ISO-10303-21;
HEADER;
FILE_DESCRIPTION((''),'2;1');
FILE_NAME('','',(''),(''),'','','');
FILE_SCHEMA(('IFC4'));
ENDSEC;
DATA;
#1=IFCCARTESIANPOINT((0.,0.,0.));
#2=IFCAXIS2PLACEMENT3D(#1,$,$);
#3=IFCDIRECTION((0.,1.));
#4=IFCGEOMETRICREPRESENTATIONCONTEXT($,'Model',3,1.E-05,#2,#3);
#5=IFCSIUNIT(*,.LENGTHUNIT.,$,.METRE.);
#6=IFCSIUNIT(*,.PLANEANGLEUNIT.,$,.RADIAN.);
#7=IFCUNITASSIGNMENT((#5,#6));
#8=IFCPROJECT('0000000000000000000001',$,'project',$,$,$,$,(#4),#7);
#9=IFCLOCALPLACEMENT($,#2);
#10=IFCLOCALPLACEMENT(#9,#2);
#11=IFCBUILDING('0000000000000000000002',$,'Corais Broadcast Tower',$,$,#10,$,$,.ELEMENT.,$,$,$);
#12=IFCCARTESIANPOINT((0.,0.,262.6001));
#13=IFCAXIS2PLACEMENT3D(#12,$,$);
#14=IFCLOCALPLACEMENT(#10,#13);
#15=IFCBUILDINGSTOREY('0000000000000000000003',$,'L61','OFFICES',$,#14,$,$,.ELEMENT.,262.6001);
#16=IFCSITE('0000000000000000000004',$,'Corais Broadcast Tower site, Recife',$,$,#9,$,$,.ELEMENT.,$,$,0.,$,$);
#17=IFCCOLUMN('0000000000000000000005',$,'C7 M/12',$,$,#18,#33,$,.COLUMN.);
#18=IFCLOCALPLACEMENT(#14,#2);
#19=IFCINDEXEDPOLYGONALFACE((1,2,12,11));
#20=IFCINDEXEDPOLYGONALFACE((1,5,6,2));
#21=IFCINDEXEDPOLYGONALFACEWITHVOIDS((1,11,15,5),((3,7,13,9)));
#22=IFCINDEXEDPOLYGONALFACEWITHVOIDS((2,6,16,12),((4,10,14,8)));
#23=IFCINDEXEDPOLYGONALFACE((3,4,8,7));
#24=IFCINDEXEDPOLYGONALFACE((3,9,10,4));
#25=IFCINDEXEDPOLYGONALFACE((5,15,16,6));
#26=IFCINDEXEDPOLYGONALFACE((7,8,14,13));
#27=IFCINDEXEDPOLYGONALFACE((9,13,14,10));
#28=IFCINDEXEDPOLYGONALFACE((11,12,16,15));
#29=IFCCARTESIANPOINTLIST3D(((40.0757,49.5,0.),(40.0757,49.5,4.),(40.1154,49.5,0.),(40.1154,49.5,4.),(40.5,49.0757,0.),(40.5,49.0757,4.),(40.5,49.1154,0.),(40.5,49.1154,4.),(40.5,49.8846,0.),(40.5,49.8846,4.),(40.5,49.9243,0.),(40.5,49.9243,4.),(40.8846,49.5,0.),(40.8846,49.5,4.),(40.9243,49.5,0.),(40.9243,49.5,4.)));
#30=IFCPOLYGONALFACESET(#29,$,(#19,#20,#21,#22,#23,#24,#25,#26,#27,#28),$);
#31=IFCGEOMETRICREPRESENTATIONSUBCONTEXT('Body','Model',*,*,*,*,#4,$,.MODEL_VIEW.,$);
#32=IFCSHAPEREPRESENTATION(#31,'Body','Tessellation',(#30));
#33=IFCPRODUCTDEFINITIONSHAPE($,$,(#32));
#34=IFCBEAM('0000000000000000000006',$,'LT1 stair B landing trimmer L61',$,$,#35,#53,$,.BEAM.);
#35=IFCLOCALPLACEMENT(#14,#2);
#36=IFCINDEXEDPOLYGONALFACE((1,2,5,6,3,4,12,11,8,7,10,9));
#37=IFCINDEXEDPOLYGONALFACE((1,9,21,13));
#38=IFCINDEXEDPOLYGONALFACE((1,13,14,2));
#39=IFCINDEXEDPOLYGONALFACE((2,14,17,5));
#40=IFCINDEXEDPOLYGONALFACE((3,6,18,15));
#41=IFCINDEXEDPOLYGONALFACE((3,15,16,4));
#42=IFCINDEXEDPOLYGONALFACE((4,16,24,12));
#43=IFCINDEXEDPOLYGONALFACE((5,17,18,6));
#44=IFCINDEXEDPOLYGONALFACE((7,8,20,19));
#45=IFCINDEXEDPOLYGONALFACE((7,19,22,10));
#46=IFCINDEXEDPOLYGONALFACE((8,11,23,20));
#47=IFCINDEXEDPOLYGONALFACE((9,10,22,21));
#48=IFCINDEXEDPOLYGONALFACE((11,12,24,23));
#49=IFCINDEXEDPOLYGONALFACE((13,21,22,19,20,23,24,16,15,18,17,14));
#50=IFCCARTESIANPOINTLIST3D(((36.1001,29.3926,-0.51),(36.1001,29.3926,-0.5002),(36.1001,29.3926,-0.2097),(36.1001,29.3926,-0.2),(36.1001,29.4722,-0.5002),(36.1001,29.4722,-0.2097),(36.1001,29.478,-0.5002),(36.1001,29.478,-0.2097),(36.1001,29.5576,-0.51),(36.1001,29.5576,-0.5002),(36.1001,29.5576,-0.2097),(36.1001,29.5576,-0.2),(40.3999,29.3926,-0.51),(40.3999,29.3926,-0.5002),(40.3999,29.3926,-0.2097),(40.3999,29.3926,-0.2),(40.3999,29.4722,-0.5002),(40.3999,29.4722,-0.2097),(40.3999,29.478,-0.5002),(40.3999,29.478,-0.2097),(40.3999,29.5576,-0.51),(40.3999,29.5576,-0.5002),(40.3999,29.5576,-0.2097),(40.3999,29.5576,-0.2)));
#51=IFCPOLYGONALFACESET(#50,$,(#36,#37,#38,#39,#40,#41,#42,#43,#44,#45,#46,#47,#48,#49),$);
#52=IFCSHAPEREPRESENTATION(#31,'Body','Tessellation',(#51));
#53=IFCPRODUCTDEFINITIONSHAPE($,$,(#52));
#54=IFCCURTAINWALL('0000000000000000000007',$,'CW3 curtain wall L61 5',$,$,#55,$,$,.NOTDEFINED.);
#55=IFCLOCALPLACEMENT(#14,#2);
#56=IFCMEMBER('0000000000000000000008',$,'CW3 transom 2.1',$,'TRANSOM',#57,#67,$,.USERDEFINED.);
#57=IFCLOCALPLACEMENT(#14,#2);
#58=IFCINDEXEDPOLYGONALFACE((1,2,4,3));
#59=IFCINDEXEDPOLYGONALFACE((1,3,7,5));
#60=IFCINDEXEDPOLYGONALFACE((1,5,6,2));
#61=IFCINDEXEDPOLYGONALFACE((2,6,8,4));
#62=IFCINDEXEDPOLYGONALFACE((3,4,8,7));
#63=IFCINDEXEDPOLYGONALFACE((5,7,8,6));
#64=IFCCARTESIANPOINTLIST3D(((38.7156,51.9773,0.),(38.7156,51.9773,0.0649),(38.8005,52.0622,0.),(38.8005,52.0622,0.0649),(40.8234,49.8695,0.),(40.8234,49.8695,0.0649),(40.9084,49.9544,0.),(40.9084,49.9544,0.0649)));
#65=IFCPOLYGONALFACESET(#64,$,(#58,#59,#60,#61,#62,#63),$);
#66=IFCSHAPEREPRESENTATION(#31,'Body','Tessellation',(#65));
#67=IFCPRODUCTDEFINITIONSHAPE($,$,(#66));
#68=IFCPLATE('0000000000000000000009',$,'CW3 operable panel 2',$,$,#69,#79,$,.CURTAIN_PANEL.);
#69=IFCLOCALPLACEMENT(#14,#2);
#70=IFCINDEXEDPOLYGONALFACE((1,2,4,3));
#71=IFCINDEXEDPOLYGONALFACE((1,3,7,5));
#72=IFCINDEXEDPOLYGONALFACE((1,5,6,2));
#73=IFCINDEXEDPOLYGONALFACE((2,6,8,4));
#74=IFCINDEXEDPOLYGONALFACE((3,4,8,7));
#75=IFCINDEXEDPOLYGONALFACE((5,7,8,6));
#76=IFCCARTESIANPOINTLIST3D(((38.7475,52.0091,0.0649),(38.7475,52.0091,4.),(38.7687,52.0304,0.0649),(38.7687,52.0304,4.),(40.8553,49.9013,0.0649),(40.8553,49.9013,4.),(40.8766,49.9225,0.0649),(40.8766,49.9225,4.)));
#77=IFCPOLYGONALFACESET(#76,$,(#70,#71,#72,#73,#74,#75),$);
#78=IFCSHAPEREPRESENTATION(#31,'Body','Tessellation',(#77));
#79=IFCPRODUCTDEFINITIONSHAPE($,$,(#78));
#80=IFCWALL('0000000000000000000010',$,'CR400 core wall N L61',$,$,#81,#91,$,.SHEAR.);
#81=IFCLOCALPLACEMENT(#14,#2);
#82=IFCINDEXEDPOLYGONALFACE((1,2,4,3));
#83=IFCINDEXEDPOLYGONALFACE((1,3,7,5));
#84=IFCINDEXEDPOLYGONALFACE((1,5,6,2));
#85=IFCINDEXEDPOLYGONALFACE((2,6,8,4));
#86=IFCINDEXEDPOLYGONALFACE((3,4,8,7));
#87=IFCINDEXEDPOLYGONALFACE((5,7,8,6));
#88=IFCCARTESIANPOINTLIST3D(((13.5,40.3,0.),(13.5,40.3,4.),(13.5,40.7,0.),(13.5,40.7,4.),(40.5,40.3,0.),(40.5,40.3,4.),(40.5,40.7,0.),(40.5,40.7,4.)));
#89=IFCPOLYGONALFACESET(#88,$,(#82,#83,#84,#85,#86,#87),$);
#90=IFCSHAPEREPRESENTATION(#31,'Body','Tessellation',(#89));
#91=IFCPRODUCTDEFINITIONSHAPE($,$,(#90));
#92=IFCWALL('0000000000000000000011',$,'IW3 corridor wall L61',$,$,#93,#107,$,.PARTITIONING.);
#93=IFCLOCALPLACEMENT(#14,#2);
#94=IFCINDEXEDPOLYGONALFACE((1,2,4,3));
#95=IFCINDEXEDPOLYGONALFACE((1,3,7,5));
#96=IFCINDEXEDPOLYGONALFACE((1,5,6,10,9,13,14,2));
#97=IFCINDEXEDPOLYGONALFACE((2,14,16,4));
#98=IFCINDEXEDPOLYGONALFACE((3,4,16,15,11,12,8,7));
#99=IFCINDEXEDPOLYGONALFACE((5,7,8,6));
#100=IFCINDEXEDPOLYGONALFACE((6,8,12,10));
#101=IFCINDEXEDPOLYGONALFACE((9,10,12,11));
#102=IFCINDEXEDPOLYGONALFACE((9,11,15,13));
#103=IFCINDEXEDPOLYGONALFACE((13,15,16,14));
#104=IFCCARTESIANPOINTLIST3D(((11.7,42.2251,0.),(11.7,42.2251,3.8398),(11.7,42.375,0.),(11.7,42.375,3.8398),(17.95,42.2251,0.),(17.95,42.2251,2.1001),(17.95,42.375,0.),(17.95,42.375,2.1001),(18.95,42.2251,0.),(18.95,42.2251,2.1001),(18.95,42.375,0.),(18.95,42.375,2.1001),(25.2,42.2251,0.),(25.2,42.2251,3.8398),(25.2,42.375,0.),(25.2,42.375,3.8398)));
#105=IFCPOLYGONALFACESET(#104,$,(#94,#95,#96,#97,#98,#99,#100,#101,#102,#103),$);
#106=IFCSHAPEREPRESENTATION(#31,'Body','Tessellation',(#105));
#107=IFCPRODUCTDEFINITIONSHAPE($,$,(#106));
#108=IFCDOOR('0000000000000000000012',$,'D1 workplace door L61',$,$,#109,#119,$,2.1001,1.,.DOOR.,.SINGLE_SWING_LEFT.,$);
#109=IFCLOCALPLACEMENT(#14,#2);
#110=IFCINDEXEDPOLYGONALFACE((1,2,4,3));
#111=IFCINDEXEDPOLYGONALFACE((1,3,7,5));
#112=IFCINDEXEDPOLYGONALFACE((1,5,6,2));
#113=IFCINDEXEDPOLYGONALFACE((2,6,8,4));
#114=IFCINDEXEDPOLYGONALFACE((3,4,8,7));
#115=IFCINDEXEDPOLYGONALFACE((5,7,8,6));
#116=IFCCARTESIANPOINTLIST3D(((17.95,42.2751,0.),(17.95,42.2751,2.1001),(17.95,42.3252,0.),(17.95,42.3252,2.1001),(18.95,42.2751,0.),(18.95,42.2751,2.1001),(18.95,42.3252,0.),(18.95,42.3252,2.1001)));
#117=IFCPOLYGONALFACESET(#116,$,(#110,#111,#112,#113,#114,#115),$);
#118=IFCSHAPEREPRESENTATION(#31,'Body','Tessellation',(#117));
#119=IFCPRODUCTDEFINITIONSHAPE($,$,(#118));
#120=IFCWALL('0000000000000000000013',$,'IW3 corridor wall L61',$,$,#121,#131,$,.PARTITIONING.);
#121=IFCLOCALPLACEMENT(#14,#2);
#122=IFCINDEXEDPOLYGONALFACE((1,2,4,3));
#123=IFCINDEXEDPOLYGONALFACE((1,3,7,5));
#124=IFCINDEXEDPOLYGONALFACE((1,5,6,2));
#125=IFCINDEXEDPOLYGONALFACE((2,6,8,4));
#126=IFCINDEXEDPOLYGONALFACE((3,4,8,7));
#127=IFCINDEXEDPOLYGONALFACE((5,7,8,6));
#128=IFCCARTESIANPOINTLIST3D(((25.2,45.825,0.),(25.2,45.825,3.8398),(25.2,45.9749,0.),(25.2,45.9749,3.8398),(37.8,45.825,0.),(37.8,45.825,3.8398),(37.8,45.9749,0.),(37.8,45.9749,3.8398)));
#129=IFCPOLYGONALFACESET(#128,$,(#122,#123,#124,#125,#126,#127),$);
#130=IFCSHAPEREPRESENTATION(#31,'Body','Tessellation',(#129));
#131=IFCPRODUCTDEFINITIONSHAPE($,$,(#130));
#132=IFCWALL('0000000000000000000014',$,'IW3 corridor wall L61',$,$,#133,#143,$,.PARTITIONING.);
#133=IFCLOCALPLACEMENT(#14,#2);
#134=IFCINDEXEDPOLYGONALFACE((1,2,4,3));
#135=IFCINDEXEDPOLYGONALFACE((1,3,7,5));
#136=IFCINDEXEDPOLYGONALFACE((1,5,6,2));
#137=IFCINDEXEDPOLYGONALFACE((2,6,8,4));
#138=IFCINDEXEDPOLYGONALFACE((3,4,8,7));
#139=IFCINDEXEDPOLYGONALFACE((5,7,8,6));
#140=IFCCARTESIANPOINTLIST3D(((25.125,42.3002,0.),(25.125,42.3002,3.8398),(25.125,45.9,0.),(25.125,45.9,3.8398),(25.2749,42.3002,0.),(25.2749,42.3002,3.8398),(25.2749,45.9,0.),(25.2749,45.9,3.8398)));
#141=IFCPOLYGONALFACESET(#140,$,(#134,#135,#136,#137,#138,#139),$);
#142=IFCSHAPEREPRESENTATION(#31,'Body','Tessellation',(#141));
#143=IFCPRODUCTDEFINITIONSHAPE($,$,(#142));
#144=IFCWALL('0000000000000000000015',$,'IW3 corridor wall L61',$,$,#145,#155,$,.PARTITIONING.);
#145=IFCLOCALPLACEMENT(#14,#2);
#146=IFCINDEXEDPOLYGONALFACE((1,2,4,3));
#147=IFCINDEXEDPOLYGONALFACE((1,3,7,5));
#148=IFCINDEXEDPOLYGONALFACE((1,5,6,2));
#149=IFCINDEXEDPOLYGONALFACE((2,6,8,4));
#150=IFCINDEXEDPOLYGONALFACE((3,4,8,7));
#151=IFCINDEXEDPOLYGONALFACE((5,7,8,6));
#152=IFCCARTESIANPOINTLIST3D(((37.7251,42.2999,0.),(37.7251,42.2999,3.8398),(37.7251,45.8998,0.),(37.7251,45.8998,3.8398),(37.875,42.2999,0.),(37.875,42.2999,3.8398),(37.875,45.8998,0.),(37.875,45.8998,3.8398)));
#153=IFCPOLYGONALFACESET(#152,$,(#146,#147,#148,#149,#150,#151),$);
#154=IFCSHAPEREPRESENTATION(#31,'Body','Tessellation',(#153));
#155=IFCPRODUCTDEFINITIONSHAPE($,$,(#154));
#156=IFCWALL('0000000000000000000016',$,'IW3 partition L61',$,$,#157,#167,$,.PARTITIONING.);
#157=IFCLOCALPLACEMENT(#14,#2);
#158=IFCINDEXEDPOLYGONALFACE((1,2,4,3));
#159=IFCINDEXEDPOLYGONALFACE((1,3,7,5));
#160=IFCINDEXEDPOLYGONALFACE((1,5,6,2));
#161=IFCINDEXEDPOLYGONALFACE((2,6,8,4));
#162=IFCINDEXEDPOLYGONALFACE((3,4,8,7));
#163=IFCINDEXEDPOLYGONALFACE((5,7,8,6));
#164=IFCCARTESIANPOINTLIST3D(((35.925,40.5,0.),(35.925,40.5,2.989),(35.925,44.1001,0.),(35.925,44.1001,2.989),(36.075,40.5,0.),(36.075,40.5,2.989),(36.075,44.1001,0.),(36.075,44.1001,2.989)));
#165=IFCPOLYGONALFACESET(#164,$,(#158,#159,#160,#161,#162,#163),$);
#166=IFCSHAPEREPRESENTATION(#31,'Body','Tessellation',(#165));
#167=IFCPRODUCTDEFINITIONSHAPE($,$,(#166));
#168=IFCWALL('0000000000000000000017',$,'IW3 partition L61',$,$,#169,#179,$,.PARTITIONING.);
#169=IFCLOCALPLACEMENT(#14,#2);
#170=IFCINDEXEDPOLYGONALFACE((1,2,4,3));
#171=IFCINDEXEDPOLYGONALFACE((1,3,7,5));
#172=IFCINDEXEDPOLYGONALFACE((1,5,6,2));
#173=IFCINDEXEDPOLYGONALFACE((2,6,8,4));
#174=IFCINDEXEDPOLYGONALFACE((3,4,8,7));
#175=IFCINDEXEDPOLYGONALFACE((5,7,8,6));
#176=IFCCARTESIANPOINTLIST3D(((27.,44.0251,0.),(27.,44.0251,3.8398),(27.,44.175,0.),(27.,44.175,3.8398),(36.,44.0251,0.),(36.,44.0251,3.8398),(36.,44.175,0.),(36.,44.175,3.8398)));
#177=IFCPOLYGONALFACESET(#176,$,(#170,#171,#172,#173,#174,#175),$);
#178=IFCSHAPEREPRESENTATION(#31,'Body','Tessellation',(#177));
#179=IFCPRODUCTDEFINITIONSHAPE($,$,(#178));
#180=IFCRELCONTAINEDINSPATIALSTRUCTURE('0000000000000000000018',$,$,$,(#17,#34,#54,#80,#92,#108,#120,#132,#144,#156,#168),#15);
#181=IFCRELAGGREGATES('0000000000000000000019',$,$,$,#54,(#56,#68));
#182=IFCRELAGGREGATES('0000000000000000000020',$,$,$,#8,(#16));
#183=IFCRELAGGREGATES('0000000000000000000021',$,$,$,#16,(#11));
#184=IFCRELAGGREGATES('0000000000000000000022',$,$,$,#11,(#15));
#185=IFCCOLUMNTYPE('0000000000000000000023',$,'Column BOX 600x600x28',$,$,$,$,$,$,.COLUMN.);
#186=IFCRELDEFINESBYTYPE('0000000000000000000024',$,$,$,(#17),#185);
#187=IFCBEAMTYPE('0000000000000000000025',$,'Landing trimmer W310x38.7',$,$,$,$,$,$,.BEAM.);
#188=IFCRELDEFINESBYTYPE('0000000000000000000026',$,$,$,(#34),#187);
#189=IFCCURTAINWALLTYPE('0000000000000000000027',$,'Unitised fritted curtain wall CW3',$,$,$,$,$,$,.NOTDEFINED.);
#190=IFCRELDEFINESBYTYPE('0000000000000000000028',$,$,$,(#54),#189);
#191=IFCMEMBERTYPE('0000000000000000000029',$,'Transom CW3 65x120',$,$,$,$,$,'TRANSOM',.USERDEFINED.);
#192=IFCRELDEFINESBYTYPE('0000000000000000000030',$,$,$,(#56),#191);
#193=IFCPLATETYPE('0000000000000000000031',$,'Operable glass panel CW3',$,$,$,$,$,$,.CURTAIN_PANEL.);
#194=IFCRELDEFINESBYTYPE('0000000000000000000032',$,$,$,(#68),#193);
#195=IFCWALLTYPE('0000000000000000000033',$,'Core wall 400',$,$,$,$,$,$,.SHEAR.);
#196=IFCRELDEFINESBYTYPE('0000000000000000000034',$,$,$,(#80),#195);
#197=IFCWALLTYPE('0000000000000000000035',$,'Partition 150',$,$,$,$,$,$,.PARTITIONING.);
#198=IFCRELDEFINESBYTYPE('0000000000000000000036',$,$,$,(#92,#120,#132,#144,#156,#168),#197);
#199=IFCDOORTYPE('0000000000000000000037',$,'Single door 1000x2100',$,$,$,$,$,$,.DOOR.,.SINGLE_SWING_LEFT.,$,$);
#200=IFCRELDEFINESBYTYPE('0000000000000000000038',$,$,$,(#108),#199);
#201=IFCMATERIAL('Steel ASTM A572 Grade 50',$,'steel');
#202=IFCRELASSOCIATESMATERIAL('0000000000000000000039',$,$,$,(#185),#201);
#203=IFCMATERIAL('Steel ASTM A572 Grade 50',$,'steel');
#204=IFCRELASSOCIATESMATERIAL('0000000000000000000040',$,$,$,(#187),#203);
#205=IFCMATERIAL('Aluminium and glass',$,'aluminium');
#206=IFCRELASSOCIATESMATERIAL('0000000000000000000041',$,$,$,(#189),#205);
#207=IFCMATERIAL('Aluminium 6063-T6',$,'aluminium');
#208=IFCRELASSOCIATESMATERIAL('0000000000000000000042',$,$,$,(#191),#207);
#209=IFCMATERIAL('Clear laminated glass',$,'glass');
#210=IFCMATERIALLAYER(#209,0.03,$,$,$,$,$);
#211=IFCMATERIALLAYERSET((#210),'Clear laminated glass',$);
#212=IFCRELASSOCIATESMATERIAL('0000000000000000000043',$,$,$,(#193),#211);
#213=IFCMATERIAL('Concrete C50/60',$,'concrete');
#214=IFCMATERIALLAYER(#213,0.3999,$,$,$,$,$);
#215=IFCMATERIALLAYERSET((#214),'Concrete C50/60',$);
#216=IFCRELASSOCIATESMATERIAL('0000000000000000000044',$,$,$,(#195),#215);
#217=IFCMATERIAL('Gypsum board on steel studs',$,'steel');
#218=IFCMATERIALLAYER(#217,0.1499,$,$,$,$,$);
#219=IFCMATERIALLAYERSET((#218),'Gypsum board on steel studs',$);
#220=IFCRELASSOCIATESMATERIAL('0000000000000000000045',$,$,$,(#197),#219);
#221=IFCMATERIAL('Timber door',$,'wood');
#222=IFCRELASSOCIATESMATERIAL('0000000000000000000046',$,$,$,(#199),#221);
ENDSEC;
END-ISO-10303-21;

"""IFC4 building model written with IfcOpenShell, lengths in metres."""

from ifc_helpers import new_model, si_unit, direction, frame, frame_2d, origin, origin_2d, place, context, subcontext, project, spatial, rectangle, hollow_rectangle, i_section, extrude, material, layer, layer_set, material_profile, profile_set, type_object, element, fill, aggregate, save


model = new_model("IFC4")

# Units and contexts
model_context = context("Model", 3, precision=1e-05, world=origin(), true_north=direction((0.0, 1.0)))
body_context = subcontext(model_context, "Body", "Model", "MODEL_VIEW")
ifc_project = project(units=[si_unit("LENGTHUNIT", "METRE"), si_unit("PLANEANGLEUNIT", "RADIAN")], contexts=[model_context])

# Site, building, storey
site_placement = place(None, origin())
site = spatial("IfcSite", under=ifc_project, at=site_placement, Name="Corais Broadcast Tower site, Recife", CompositionType="ELEMENT", RefElevation=0.0)
building_placement = place(site_placement, origin())
building = spatial("IfcBuilding", under=site, at=building_placement, Name="Corais Broadcast Tower", CompositionType="ELEMENT")
storey_placement = place(building_placement, frame((0.0, 0.0, 262.6001)))
storey = spatial("IfcBuildingStorey", under=building, at=storey_placement, Name="L61", Description="OFFICES", CompositionType="ELEMENT", Elevation=262.6001)

# Column
ifc_material_1 = material(Name="Steel ASTM A572 Grade 50", Category="steel")
ifc_material_profile_1 = material_profile(ifc_material_1, hollow_rectangle(XDim=0.6001, YDim=0.6001, WallThickness=0.0281, at=origin_2d()), Name="BOX 600x600x28")
ifc_profile_set_1 = profile_set([ifc_material_profile_1], Name="Steel ASTM A572 Grade 50")
column_type = type_object("IfcColumnType", Name="Column BOX 600x600x28", PredefinedType="COLUMN", material=ifc_profile_set_1)
column_placement = place(storey_placement, frame((40.5, 49.5, 0.0), z_axis=(0.0, 0.0, 1.0), x_axis=(0.707107, 0.707107, 0.0)))
element("IfcColumn", 1, at=column_placement, inside=storey, type_object=column_type, Name="C7 M/12", PredefinedType="COLUMN", context=body_context, shape_type="SweptSolid", body=[
    extrude(hollow_rectangle(XDim=0.6001, YDim=0.6001, WallThickness=0.0281, at=origin_2d()), origin(), (0.0, 0.0, 1.0), 4.0),
])

# Beam
ifc_material_2 = material(Name="Steel ASTM A572 Grade 50", Category="steel")
ifc_material_profile_2 = material_profile(ifc_material_2, i_section(OverallWidth=0.165, OverallDepth=0.3101, WebThickness=0.0059, FlangeThickness=0.0098, at=origin_2d()), Name="W310x38.7")
ifc_profile_set_2 = profile_set([ifc_material_profile_2], Name="Steel ASTM A572 Grade 50")
beam_type = type_object("IfcBeamType", Name="Landing trimmer W310x38.7", PredefinedType="BEAM", material=ifc_profile_set_2)
beam_placement = place(storey_placement, frame((36.1001, 29.4751, -0.355), z_axis=(1.0, 0.0, 0.0), x_axis=(0.0, 1.0, 0.0)))
element("IfcBeam", 2, at=beam_placement, inside=storey, type_object=beam_type, Name="LT1 stair B landing trimmer L61", PredefinedType="BEAM", context=body_context, shape_type="SweptSolid", body=[
    extrude(i_section(OverallWidth=0.165, OverallDepth=0.3101, WebThickness=0.0059, FlangeThickness=0.0098, at=origin_2d()), origin(), (0.0, 0.0, 1.0), 4.2998),
])

# Curtain wall, member, plate
ifc_material_3 = material(Name="Aluminium and glass", Category="aluminium")
curtain_wall_type = type_object("IfcCurtainWallType", Name="Unitised fritted curtain wall CW3", PredefinedType="NOTDEFINED", material=ifc_material_3)
curtain_wall_placement = place(storey_placement, origin())
curtain_wall = element("IfcCurtainWall", 3, at=curtain_wall_placement, inside=storey, type_object=curtain_wall_type, Name="CW3 curtain wall L61 5", PredefinedType="NOTDEFINED")
ifc_material_4 = material(Name="Aluminium 6063-T6", Category="aluminium")
ifc_material_profile_3 = material_profile(ifc_material_4, rectangle(XDim=0.1201, YDim=0.0649, at=origin_2d()), Name="Transom CW3 65x120")
ifc_profile_set_3 = profile_set([ifc_material_profile_3], Name="Aluminium 6063-T6")
member_type = type_object("IfcMemberType", Name="Transom CW3 65x120", ElementType="TRANSOM", PredefinedType="USERDEFINED", material=ifc_profile_set_3)
member_placement = place(storey_placement, frame((38.7581, 52.0198, 0.0325), z_axis=(0.707107, -0.707107, 0.0), x_axis=(0.707107, 0.707107, 0.0)))
member = element("IfcMember", 4, at=member_placement, type_object=member_type, Name="CW3 transom 2.1", ObjectType="TRANSOM", PredefinedType="USERDEFINED", context=body_context, shape_type="SweptSolid", body=[
    extrude(rectangle(XDim=0.1201, YDim=0.0649, at=origin_2d()), origin(), (0.0, 0.0, 1.0), 2.981),
])
ifc_material_5 = material(Name="Clear laminated glass", Category="glass")
ifc_layer_1 = layer(ifc_material_5, 0.03)
ifc_layer_set_1 = layer_set([ifc_layer_1], Name="Clear laminated glass")
plate_type = type_object("IfcPlateType", Name="Operable glass panel CW3", PredefinedType="CURTAIN_PANEL", material=ifc_layer_set_1)
plate_placement = place(storey_placement, frame((39.812, 50.9658, 0.0649), z_axis=(0.0, 0.0, 1.0), x_axis=(0.707107, -0.707107, 0.0)))
plate = element("IfcPlate", 5, at=plate_placement, type_object=plate_type, Name="CW3 operable panel 2", PredefinedType="CURTAIN_PANEL", context=body_context, shape_type="SweptSolid", body=[
    extrude(rectangle(XDim=2.981, YDim=0.03, at=origin_2d()), origin(), (0.0, 0.0, 1.0), 3.9351),
])
aggregate(curtain_wall, [member, plate])

# Wall
ifc_material_6 = material(Name="Concrete C50/60", Category="concrete")
ifc_layer_2 = layer(ifc_material_6, 0.3999)
ifc_layer_set_2 = layer_set([ifc_layer_2], Name="Concrete C50/60")
wall_type_1 = type_object("IfcWallType", Name="Core wall 400", PredefinedType="SHEAR", material=ifc_layer_set_2)
wall_1_placement = place(storey_placement, frame((40.5, 40.5, 0.0), z_axis=(0.0, 0.0, 1.0), x_axis=(-1.0, 0.0, 0.0)))
element("IfcWall", 6, at=wall_1_placement, inside=storey, type_object=wall_type_1, Name="CR400 core wall N L61", PredefinedType="SHEAR", context=body_context, shape_type="SweptSolid", body=[
    extrude(rectangle(XDim=27.0, YDim=0.3999, at=frame_2d((13.5, 0.0))), origin(), (0.0, 0.0, 1.0), 4.0),
])

# Wall, opening, door
ifc_material_7 = material(Name="Gypsum board on steel studs", Category="steel")
ifc_layer_3 = layer(ifc_material_7, 0.1499)
ifc_layer_set_3 = layer_set([ifc_layer_3], Name="Gypsum board on steel studs")
wall_type_2 = type_object("IfcWallType", Name="Partition 150", PredefinedType="PARTITIONING", material=ifc_layer_set_3)
wall_2_placement = place(storey_placement, frame((25.2, 42.3, 0.0), z_axis=(0.0, 0.0, 1.0), x_axis=(-1.0, 0.0, 0.0)))
wall_2 = element("IfcWall", 7, at=wall_2_placement, inside=storey, type_object=wall_type_2, Name="IW3 corridor wall L61", PredefinedType="PARTITIONING", context=body_context, shape_type="SweptSolid", body=[
    extrude(rectangle(XDim=13.5, YDim=0.1499, at=frame_2d((6.75, 0.0))), origin(), (0.0, 0.0, 1.0), 3.8398),
])
opening_1_placement = place(wall_2_placement, frame((6.25, 0.0, 0.0)))
opening_1 = element("IfcOpeningElement", 8, at=opening_1_placement, cuts=wall_2, PredefinedType="OPENING", context=body_context, shape_type="SweptSolid", body=[
    extrude(rectangle(XDim=1.0, YDim=2.1001, at=frame_2d((0.5, 1.05))), frame((0.0, 0.085, 0.0), z_axis=(0.0, -1.0, 0.0), x_axis=(1.0, 0.0, 0.0)), (0.0, 0.0, 1.0), 0.1699),
])
ifc_material_8 = material(Name="Timber door", Category="wood")
door_type = type_object("IfcDoorType", Name="Single door 1000x2100", OperationType="SINGLE_SWING_LEFT", PredefinedType="DOOR", material=ifc_material_8)
door_1_placement = place(opening_1_placement, origin())
door_1 = element("IfcDoor", 9, at=door_1_placement, inside=storey, type_object=door_type, Name="D1 workplace door L61", OperationType="SINGLE_SWING_LEFT", OverallHeight=2.1001, OverallWidth=1.0, PredefinedType="DOOR", context=body_context, shape_type="SweptSolid", body=[
    extrude(rectangle(XDim=1.0, YDim=2.1001, at=frame_2d((0.5, 1.05))), frame((0.0, 0.0249, 0.0), z_axis=(0.0, -1.0, 0.0), x_axis=(1.0, 0.0, 0.0)), (0.0, 0.0, 1.0), 0.05),
])
fill(opening_1, door_1)

# Walls
wall_3_placement = place(storey_placement, frame((37.8, 45.8999, 0.0), z_axis=(0.0, 0.0, 1.0), x_axis=(-1.0, 0.0, 0.0)))
element("IfcWall", 10, at=wall_3_placement, inside=storey, type_object=wall_type_2, Name="IW3 corridor wall L61", PredefinedType="PARTITIONING", context=body_context, shape_type="SweptSolid", body=[
    extrude(rectangle(XDim=12.6001, YDim=0.1499, at=frame_2d((6.3, 0.0))), origin(), (0.0, 0.0, 1.0), 3.8398),
])
for number, where, z_axis, x_axis, name in (
    (11, (25.2, 45.8999, 0.0), (0.0, 0.0, 1.0), (0.0, -1.0, 0.0), "IW3 corridor wall L61"),
    (12, (37.8, 42.3, 0.0), (0.0, 0.0, 1.0), (0.0, 1.0, 0.0), "IW3 corridor wall L61"),
):
    element("IfcWall", number, at=place(storey_placement, frame(where, z_axis=z_axis, x_axis=x_axis)), inside=storey, type_object=wall_type_2, Name=name, PredefinedType="PARTITIONING", context=body_context, shape_type="SweptSolid", body=[
        extrude(rectangle(XDim=3.5999, YDim=0.1499, at=frame_2d((1.7998, 0.0))), origin(), (0.0, 0.0, 1.0), 3.8398),
    ])
wall_4_placement = place(storey_placement, frame((36.0, 40.5, 0.0), z_axis=(0.0, 0.0, 1.0), x_axis=(0.0, 1.0, 0.0)))
element("IfcWall", 13, at=wall_4_placement, inside=storey, type_object=wall_type_2, Name="IW3 partition L61", PredefinedType="PARTITIONING", context=body_context, shape_type="SweptSolid", body=[
    extrude(rectangle(XDim=3.6001, YDim=0.1499, at=frame_2d((1.8, 0.0))), origin(), (0.0, 0.0, 1.0), 2.989),
])
wall_5_placement = place(storey_placement, frame((36.0, 44.1001, 0.0), z_axis=(0.0, 0.0, 1.0), x_axis=(-1.0, 0.0, 0.0)))
element("IfcWall", 14, at=wall_5_placement, inside=storey, type_object=wall_type_2, Name="IW3 partition L61", PredefinedType="PARTITIONING", context=body_context, shape_type="SweptSolid", body=[
    extrude(rectangle(XDim=9.0, YDim=0.1499, at=frame_2d((4.5, 0.0))), origin(), (0.0, 0.0, 1.0), 3.8398),
])

save(model, "model.ifc")
